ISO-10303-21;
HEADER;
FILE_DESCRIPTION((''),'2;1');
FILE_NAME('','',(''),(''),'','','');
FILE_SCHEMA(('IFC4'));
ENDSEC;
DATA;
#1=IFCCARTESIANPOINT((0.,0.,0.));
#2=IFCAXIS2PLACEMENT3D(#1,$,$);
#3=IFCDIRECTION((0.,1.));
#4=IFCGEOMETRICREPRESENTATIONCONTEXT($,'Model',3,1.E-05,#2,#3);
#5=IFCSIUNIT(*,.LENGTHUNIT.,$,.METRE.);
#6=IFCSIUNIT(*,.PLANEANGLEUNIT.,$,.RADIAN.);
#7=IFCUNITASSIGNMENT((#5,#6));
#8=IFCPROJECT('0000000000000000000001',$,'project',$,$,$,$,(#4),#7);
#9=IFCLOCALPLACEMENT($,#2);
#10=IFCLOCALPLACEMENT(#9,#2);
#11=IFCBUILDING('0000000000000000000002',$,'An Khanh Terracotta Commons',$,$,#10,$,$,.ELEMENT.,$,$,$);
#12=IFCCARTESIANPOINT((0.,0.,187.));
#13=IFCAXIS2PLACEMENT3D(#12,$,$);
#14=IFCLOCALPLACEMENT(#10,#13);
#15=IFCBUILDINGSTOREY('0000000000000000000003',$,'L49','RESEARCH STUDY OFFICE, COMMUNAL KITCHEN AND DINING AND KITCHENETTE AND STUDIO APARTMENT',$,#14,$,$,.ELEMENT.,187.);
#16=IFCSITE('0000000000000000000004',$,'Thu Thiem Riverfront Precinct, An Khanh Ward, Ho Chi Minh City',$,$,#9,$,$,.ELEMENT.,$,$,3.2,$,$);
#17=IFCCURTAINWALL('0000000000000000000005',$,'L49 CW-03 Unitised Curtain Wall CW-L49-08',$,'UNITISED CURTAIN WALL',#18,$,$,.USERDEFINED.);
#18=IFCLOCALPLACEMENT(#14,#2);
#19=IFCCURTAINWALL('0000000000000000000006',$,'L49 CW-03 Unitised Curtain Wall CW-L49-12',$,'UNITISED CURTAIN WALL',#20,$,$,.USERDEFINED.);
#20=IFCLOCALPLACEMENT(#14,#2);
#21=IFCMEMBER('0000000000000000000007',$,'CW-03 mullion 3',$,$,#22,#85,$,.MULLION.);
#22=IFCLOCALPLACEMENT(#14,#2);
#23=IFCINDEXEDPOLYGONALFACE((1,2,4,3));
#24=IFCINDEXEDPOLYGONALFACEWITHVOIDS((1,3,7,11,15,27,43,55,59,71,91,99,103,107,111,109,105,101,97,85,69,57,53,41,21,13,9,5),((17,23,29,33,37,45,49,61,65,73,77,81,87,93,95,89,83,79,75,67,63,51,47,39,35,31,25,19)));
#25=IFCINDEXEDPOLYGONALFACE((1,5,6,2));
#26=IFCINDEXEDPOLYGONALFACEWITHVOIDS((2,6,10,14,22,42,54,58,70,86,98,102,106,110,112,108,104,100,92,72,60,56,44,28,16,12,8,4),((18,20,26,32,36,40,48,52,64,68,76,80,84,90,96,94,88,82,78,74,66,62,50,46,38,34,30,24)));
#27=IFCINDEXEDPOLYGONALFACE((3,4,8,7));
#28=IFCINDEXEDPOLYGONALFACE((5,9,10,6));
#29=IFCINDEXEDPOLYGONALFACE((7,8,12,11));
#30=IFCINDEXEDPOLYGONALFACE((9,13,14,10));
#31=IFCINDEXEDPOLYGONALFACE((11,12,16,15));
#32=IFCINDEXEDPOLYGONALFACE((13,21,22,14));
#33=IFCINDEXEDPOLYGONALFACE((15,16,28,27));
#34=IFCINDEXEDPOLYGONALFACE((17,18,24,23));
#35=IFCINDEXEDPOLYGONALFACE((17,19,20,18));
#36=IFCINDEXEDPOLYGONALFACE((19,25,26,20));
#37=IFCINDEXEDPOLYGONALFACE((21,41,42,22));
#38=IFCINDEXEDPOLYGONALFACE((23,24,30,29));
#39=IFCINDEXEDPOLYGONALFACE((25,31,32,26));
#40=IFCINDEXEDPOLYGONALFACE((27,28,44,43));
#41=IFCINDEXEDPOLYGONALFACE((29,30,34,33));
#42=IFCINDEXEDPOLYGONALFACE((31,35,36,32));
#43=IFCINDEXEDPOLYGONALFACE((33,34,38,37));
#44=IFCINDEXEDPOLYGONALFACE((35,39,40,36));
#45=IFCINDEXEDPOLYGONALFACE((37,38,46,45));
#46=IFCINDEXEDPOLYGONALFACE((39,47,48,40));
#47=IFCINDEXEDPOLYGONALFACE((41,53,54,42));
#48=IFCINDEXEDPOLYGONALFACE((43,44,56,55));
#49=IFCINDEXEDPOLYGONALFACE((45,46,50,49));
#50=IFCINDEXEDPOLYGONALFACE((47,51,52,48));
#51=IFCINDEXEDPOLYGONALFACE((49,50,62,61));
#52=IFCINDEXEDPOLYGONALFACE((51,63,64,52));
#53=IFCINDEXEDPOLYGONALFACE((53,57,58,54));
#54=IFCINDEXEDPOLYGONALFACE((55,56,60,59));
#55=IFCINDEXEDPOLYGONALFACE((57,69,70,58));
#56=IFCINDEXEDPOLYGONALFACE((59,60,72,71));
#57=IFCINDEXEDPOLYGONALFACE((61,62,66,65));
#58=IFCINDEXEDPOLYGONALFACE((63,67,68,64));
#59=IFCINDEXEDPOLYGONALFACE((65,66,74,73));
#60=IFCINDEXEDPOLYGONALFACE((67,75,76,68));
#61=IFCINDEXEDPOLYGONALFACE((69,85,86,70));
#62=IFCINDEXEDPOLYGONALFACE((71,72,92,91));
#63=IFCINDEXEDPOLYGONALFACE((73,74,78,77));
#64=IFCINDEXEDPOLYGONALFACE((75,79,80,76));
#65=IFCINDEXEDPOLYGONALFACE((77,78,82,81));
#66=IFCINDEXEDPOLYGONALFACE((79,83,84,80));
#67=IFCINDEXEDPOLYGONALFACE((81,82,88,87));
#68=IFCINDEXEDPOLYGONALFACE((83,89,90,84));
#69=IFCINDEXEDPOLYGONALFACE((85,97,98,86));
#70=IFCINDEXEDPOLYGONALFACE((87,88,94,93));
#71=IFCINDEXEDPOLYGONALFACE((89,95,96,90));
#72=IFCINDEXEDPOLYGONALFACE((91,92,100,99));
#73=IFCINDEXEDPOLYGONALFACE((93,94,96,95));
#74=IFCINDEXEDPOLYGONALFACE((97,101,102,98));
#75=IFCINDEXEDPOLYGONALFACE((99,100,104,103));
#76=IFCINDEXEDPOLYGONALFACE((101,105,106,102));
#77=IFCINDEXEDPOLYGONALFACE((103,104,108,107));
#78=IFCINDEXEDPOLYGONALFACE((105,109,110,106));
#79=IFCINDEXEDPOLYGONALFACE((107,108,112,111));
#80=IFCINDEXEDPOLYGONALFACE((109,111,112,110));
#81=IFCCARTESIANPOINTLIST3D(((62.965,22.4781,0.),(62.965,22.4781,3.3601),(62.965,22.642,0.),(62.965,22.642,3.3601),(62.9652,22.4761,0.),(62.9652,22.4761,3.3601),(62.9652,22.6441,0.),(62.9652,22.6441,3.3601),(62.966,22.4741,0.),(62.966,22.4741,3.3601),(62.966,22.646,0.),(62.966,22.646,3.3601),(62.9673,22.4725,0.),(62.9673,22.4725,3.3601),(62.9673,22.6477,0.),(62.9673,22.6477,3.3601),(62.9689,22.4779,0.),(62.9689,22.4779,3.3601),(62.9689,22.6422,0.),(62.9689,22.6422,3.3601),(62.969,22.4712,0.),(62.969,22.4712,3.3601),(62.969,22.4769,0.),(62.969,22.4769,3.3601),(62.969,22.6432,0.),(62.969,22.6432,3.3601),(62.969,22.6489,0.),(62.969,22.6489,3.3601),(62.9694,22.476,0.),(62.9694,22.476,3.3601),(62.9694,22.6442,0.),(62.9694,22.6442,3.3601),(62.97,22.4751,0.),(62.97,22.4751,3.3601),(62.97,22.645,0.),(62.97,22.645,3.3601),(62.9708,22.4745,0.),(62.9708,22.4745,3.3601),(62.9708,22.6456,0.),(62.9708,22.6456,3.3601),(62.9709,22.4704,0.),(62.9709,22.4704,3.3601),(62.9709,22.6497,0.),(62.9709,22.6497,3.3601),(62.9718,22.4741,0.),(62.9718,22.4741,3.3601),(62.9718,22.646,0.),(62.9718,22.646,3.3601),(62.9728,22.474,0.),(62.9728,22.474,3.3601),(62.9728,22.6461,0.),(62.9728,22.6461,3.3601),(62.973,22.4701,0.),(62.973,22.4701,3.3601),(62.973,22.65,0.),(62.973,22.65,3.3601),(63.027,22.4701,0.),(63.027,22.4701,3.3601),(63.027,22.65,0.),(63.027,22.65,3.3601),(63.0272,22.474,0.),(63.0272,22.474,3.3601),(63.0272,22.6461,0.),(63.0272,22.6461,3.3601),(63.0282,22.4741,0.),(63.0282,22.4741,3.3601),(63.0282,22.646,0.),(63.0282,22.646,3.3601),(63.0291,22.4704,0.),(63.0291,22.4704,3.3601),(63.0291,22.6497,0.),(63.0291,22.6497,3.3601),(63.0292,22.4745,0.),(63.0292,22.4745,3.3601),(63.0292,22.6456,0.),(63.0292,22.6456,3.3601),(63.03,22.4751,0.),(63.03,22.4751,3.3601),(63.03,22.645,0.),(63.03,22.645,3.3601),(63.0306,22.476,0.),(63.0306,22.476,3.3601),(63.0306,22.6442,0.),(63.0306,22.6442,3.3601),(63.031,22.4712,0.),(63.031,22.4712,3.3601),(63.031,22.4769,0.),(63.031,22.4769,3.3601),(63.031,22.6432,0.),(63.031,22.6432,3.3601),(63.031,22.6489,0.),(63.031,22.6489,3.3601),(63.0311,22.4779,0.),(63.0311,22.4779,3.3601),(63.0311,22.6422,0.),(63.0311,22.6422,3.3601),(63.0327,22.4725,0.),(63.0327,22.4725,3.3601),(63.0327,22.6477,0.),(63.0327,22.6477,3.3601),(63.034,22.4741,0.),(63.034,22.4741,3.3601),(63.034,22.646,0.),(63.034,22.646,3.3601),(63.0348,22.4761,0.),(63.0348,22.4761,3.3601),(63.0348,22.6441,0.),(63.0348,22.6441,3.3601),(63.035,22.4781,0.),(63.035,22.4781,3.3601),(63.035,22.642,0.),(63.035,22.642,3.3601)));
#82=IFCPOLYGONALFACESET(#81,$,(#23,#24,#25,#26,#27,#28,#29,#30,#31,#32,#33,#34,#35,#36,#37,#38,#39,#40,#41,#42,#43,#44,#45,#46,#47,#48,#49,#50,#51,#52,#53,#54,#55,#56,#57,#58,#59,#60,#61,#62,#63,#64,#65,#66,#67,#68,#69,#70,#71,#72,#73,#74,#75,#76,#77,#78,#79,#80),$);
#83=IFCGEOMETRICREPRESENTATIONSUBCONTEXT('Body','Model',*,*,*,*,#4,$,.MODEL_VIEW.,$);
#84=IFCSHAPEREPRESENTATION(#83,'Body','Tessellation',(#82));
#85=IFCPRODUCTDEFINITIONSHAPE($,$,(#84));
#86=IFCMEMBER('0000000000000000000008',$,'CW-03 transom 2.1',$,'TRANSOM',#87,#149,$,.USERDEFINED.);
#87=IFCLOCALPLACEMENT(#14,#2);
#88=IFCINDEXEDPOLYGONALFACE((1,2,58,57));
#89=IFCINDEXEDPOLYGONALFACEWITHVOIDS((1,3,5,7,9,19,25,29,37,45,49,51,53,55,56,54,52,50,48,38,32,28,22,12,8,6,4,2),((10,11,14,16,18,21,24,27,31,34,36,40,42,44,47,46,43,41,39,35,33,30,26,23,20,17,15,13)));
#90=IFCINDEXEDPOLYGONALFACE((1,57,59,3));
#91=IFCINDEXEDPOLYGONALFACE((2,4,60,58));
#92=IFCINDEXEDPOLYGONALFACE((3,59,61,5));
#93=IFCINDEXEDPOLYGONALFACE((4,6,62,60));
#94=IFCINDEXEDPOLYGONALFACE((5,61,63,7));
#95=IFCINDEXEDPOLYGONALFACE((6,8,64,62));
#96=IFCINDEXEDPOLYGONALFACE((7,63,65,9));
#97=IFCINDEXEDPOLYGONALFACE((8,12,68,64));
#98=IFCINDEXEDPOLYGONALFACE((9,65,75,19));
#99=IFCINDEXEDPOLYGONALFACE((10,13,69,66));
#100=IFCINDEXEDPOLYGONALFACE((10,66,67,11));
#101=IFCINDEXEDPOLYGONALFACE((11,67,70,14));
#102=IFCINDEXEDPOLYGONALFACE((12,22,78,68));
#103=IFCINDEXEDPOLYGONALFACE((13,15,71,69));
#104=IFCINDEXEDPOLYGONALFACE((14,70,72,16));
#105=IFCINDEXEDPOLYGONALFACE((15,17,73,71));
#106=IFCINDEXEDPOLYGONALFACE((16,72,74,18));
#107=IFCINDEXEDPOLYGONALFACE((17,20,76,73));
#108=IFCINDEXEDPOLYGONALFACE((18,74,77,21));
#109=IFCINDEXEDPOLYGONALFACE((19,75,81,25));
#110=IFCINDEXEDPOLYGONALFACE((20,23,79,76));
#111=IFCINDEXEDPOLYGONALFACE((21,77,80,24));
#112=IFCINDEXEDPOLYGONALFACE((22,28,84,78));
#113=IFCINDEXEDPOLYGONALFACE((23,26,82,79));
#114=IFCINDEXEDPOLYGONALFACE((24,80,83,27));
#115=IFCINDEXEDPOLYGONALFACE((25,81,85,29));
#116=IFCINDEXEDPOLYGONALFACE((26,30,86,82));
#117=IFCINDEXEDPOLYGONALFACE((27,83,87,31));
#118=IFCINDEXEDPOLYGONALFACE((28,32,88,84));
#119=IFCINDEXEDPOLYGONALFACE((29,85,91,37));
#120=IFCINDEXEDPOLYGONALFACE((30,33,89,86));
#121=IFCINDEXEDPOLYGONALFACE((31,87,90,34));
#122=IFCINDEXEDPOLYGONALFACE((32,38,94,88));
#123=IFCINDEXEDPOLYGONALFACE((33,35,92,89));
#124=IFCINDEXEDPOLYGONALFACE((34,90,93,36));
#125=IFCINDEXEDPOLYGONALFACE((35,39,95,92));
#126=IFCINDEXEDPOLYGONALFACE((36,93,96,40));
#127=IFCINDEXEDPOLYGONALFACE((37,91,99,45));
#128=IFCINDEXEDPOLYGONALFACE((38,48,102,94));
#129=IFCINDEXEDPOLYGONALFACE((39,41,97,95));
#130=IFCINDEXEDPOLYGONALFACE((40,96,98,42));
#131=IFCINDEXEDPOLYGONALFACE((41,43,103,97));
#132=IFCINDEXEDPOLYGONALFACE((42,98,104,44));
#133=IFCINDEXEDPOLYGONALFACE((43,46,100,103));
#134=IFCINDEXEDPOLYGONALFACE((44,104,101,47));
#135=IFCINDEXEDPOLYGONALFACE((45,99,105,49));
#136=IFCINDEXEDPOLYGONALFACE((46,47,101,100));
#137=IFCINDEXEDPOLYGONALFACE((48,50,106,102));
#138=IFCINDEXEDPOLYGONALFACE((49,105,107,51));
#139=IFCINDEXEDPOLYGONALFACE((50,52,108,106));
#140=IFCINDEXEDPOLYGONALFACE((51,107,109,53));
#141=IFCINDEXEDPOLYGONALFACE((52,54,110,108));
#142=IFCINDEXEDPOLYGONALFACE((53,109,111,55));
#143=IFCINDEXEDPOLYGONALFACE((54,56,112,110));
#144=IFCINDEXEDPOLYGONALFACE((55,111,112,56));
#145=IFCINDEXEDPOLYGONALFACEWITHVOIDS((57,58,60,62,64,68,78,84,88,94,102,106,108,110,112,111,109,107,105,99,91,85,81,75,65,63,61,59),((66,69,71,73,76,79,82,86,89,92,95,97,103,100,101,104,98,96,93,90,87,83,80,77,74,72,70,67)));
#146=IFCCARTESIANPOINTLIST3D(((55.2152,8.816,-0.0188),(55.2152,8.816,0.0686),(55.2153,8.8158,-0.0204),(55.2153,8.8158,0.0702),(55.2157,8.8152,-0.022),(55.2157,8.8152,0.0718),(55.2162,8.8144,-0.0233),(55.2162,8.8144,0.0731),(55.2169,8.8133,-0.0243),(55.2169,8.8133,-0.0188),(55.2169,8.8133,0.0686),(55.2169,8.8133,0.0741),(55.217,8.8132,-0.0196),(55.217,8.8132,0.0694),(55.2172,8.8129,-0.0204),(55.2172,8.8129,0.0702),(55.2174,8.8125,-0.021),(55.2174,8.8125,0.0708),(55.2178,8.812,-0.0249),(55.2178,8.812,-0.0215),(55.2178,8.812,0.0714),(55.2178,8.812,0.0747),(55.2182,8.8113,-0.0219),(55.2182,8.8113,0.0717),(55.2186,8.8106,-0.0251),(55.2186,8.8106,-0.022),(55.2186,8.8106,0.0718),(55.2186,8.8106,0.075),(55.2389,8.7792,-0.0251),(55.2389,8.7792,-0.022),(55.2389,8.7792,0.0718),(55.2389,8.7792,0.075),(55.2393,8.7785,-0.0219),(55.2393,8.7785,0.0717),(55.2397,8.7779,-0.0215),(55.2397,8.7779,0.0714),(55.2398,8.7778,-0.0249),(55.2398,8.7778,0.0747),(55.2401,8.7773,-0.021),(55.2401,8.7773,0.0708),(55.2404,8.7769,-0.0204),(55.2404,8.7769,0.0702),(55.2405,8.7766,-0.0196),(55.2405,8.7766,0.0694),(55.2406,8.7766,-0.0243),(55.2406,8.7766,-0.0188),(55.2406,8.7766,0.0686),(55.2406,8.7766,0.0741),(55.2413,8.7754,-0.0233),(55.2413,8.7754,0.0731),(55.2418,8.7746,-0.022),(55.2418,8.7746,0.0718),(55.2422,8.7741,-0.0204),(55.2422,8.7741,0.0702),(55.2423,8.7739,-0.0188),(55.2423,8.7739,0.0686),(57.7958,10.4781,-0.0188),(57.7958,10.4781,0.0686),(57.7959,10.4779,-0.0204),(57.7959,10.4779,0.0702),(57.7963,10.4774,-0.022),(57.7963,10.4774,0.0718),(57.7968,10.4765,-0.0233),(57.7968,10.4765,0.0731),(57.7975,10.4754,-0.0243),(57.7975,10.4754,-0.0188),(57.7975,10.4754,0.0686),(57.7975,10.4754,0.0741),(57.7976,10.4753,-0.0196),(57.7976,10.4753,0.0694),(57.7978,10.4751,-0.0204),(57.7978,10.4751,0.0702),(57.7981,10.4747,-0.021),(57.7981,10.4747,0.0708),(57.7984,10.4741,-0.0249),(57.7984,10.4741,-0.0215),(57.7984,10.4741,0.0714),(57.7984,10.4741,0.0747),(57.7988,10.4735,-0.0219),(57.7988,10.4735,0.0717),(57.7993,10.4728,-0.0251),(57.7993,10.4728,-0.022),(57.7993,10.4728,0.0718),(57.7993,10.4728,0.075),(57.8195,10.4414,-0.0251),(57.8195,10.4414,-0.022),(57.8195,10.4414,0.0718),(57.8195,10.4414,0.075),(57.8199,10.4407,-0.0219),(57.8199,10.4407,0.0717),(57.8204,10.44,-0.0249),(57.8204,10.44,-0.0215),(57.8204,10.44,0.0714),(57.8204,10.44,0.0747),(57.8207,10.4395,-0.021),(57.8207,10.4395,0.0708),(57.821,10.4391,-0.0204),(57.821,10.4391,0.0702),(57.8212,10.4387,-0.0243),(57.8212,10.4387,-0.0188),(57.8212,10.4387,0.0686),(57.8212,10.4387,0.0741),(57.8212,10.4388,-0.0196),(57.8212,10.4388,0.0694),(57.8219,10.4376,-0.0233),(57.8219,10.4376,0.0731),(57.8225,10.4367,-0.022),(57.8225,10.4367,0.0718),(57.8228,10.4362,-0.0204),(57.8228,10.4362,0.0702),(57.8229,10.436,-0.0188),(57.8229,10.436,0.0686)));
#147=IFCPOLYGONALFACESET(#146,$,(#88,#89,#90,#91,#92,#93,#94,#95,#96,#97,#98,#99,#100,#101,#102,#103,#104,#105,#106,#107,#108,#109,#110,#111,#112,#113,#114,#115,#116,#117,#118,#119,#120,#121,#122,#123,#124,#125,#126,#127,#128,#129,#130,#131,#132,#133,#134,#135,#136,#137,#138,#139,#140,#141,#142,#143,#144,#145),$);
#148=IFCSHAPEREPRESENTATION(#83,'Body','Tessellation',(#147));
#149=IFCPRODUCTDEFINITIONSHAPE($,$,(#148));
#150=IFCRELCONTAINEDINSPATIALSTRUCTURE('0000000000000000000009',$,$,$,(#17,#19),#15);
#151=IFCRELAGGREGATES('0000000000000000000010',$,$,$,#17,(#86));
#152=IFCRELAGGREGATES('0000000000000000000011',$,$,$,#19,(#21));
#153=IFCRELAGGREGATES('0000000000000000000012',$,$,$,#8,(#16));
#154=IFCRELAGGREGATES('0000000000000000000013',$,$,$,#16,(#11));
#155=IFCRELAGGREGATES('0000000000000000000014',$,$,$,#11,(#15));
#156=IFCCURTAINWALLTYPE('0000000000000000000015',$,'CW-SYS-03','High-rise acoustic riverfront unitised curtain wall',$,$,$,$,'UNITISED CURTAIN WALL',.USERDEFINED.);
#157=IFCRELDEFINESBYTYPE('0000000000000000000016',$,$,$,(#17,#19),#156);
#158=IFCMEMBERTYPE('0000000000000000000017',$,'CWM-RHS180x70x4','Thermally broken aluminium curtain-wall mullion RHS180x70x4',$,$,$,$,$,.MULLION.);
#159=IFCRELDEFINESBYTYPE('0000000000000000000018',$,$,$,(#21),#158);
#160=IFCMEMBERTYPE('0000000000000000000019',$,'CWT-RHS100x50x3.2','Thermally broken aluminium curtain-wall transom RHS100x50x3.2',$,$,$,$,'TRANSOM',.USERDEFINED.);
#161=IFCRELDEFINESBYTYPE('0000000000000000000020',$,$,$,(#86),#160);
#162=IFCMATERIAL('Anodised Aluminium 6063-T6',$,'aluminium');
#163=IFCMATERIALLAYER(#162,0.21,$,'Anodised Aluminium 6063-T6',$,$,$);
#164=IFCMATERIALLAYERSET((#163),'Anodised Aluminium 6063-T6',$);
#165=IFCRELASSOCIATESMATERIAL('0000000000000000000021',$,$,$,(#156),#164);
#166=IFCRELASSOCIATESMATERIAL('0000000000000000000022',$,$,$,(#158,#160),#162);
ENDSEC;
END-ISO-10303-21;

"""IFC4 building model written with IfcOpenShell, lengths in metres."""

from ifc_helpers import new_model, si_unit, direction, frame, origin, origin_2d, place, context, subcontext, project, spatial, hollow_rectangle, extrude, material, layer, layer_set, material_profile, profile_set, type_object, element, aggregate, save


model = new_model("IFC4")

# Units and contexts
model_context = context("Model", 3, precision=1e-05, world=origin(), true_north=direction((0.0, 1.0)))
body_context = subcontext(model_context, "Body", "Model", "MODEL_VIEW")
ifc_project = project(units=[si_unit("LENGTHUNIT", "METRE"), si_unit("PLANEANGLEUNIT", "RADIAN")], contexts=[model_context])

# Site, building, storey
site_placement = place(None, origin())
site = spatial("IfcSite", under=ifc_project, at=site_placement, Name="Thu Thiem Riverfront Precinct, An Khanh Ward, Ho Chi Minh City", CompositionType="ELEMENT", RefElevation=3.2)
building_placement = place(site_placement, origin())
building = spatial("IfcBuilding", under=site, at=building_placement, Name="An Khanh Terracotta Commons", CompositionType="ELEMENT")
storey_placement = place(building_placement, frame((0.0, 0.0, 187.0)))
storey = spatial("IfcBuildingStorey", under=building, at=storey_placement, Name="L49", Description="RESEARCH STUDY OFFICE, COMMUNAL KITCHEN AND DINING AND KITCHENETTE AND STUDIO APARTMENT", CompositionType="ELEMENT", Elevation=187.0)

# Curtain walls, member
ifc_material_1 = material(Name="Anodised Aluminium 6063-T6", Category="aluminium")
ifc_layer_1 = layer(ifc_material_1, 0.21, Name="Anodised Aluminium 6063-T6")
ifc_layer_set_1 = layer_set([ifc_layer_1], Name="Anodised Aluminium 6063-T6")
curtain_wall_type = type_object("IfcCurtainWallType", Name="CW-SYS-03", Description="High-rise acoustic riverfront unitised curtain wall", ElementType="UNITISED CURTAIN WALL", PredefinedType="USERDEFINED", material=ifc_layer_set_1)
curtain_wall_1_placement = place(storey_placement, origin())
curtain_wall_1 = element("IfcCurtainWall", 1, at=curtain_wall_1_placement, inside=storey, type_object=curtain_wall_type, Name="L49 CW-03 Unitised Curtain Wall CW-L49-08", ObjectType="UNITISED CURTAIN WALL", PredefinedType="USERDEFINED")
ifc_material_profile_1 = material_profile(ifc_material_1, hollow_rectangle(XDim=0.0701, YDim=0.1799, WallThickness=0.0039, InnerFilletRadius=0.0039, OuterFilletRadius=0.0081, at=origin_2d()), Name="RHS180x70x4")
ifc_profile_set_1 = profile_set([ifc_material_profile_1], Name="Anodised Aluminium 6063-T6")
member_type_1 = type_object("IfcMemberType", Name="CWM-RHS180x70x4", Description="Thermally broken aluminium curtain-wall mullion RHS180x70x4", PredefinedType="MULLION", material=ifc_profile_set_1)
curtain_wall_2_placement = place(storey_placement, origin())
curtain_wall_2 = element("IfcCurtainWall", 2, at=curtain_wall_2_placement, inside=storey, type_object=curtain_wall_type, Name="L49 CW-03 Unitised Curtain Wall CW-L49-12", ObjectType="UNITISED CURTAIN WALL", PredefinedType="USERDEFINED")
member_1_placement = place(storey_placement, frame((63.0, 22.5601, 0.0), z_axis=(0.0, 0.0, 1.0), x_axis=(-1.0, 0.0, 0.0)))
member_1 = element("IfcMember", 3, at=member_1_placement, type_object=member_type_1, Name="CW-03 mullion 3", PredefinedType="MULLION", context=body_context, shape_type="SweptSolid", body=[
    extrude(hollow_rectangle(XDim=0.0701, YDim=0.1799, WallThickness=0.0039, InnerFilletRadius=0.0039, OuterFilletRadius=0.0081, at=origin_2d()), origin(), (0.0, 0.0, 1.0), 3.3601),
])

# Member
ifc_material_profile_2 = material_profile(ifc_material_1, hollow_rectangle(XDim=0.05, YDim=0.1001, WallThickness=0.0032, InnerFilletRadius=0.0032, OuterFilletRadius=0.0063, at=origin_2d()), Name="RHS100x50x3.2")
ifc_profile_set_2 = profile_set([ifc_material_profile_2], Name="Anodised Aluminium 6063-T6")
member_type_2 = type_object("IfcMemberType", Name="CWT-RHS100x50x3.2", Description="Thermally broken aluminium curtain-wall transom RHS100x50x3.2", ElementType="TRANSOM", PredefinedType="USERDEFINED", material=ifc_profile_set_2)
member_2_placement = place(storey_placement, frame((55.2288, 8.7949, 0.0249), z_axis=(0.840708, 0.541489, 0.0), x_axis=(-0.541489, 0.840708, 0.0)))
member_2 = element("IfcMember", 4, at=member_2_placement, type_object=member_type_2, Name="CW-03 transom 2.1", ObjectType="TRANSOM", PredefinedType="USERDEFINED", context=body_context, shape_type="SweptSolid", body=[
    extrude(hollow_rectangle(XDim=0.05, YDim=0.1001, WallThickness=0.0032, InnerFilletRadius=0.0032, OuterFilletRadius=0.0063, at=origin_2d()), origin(), (0.0, 0.0, 1.0), 3.0696),
])

aggregate(curtain_wall_1, [member_2])
aggregate(curtain_wall_2, [member_1])

save(model, "model.ifc")
